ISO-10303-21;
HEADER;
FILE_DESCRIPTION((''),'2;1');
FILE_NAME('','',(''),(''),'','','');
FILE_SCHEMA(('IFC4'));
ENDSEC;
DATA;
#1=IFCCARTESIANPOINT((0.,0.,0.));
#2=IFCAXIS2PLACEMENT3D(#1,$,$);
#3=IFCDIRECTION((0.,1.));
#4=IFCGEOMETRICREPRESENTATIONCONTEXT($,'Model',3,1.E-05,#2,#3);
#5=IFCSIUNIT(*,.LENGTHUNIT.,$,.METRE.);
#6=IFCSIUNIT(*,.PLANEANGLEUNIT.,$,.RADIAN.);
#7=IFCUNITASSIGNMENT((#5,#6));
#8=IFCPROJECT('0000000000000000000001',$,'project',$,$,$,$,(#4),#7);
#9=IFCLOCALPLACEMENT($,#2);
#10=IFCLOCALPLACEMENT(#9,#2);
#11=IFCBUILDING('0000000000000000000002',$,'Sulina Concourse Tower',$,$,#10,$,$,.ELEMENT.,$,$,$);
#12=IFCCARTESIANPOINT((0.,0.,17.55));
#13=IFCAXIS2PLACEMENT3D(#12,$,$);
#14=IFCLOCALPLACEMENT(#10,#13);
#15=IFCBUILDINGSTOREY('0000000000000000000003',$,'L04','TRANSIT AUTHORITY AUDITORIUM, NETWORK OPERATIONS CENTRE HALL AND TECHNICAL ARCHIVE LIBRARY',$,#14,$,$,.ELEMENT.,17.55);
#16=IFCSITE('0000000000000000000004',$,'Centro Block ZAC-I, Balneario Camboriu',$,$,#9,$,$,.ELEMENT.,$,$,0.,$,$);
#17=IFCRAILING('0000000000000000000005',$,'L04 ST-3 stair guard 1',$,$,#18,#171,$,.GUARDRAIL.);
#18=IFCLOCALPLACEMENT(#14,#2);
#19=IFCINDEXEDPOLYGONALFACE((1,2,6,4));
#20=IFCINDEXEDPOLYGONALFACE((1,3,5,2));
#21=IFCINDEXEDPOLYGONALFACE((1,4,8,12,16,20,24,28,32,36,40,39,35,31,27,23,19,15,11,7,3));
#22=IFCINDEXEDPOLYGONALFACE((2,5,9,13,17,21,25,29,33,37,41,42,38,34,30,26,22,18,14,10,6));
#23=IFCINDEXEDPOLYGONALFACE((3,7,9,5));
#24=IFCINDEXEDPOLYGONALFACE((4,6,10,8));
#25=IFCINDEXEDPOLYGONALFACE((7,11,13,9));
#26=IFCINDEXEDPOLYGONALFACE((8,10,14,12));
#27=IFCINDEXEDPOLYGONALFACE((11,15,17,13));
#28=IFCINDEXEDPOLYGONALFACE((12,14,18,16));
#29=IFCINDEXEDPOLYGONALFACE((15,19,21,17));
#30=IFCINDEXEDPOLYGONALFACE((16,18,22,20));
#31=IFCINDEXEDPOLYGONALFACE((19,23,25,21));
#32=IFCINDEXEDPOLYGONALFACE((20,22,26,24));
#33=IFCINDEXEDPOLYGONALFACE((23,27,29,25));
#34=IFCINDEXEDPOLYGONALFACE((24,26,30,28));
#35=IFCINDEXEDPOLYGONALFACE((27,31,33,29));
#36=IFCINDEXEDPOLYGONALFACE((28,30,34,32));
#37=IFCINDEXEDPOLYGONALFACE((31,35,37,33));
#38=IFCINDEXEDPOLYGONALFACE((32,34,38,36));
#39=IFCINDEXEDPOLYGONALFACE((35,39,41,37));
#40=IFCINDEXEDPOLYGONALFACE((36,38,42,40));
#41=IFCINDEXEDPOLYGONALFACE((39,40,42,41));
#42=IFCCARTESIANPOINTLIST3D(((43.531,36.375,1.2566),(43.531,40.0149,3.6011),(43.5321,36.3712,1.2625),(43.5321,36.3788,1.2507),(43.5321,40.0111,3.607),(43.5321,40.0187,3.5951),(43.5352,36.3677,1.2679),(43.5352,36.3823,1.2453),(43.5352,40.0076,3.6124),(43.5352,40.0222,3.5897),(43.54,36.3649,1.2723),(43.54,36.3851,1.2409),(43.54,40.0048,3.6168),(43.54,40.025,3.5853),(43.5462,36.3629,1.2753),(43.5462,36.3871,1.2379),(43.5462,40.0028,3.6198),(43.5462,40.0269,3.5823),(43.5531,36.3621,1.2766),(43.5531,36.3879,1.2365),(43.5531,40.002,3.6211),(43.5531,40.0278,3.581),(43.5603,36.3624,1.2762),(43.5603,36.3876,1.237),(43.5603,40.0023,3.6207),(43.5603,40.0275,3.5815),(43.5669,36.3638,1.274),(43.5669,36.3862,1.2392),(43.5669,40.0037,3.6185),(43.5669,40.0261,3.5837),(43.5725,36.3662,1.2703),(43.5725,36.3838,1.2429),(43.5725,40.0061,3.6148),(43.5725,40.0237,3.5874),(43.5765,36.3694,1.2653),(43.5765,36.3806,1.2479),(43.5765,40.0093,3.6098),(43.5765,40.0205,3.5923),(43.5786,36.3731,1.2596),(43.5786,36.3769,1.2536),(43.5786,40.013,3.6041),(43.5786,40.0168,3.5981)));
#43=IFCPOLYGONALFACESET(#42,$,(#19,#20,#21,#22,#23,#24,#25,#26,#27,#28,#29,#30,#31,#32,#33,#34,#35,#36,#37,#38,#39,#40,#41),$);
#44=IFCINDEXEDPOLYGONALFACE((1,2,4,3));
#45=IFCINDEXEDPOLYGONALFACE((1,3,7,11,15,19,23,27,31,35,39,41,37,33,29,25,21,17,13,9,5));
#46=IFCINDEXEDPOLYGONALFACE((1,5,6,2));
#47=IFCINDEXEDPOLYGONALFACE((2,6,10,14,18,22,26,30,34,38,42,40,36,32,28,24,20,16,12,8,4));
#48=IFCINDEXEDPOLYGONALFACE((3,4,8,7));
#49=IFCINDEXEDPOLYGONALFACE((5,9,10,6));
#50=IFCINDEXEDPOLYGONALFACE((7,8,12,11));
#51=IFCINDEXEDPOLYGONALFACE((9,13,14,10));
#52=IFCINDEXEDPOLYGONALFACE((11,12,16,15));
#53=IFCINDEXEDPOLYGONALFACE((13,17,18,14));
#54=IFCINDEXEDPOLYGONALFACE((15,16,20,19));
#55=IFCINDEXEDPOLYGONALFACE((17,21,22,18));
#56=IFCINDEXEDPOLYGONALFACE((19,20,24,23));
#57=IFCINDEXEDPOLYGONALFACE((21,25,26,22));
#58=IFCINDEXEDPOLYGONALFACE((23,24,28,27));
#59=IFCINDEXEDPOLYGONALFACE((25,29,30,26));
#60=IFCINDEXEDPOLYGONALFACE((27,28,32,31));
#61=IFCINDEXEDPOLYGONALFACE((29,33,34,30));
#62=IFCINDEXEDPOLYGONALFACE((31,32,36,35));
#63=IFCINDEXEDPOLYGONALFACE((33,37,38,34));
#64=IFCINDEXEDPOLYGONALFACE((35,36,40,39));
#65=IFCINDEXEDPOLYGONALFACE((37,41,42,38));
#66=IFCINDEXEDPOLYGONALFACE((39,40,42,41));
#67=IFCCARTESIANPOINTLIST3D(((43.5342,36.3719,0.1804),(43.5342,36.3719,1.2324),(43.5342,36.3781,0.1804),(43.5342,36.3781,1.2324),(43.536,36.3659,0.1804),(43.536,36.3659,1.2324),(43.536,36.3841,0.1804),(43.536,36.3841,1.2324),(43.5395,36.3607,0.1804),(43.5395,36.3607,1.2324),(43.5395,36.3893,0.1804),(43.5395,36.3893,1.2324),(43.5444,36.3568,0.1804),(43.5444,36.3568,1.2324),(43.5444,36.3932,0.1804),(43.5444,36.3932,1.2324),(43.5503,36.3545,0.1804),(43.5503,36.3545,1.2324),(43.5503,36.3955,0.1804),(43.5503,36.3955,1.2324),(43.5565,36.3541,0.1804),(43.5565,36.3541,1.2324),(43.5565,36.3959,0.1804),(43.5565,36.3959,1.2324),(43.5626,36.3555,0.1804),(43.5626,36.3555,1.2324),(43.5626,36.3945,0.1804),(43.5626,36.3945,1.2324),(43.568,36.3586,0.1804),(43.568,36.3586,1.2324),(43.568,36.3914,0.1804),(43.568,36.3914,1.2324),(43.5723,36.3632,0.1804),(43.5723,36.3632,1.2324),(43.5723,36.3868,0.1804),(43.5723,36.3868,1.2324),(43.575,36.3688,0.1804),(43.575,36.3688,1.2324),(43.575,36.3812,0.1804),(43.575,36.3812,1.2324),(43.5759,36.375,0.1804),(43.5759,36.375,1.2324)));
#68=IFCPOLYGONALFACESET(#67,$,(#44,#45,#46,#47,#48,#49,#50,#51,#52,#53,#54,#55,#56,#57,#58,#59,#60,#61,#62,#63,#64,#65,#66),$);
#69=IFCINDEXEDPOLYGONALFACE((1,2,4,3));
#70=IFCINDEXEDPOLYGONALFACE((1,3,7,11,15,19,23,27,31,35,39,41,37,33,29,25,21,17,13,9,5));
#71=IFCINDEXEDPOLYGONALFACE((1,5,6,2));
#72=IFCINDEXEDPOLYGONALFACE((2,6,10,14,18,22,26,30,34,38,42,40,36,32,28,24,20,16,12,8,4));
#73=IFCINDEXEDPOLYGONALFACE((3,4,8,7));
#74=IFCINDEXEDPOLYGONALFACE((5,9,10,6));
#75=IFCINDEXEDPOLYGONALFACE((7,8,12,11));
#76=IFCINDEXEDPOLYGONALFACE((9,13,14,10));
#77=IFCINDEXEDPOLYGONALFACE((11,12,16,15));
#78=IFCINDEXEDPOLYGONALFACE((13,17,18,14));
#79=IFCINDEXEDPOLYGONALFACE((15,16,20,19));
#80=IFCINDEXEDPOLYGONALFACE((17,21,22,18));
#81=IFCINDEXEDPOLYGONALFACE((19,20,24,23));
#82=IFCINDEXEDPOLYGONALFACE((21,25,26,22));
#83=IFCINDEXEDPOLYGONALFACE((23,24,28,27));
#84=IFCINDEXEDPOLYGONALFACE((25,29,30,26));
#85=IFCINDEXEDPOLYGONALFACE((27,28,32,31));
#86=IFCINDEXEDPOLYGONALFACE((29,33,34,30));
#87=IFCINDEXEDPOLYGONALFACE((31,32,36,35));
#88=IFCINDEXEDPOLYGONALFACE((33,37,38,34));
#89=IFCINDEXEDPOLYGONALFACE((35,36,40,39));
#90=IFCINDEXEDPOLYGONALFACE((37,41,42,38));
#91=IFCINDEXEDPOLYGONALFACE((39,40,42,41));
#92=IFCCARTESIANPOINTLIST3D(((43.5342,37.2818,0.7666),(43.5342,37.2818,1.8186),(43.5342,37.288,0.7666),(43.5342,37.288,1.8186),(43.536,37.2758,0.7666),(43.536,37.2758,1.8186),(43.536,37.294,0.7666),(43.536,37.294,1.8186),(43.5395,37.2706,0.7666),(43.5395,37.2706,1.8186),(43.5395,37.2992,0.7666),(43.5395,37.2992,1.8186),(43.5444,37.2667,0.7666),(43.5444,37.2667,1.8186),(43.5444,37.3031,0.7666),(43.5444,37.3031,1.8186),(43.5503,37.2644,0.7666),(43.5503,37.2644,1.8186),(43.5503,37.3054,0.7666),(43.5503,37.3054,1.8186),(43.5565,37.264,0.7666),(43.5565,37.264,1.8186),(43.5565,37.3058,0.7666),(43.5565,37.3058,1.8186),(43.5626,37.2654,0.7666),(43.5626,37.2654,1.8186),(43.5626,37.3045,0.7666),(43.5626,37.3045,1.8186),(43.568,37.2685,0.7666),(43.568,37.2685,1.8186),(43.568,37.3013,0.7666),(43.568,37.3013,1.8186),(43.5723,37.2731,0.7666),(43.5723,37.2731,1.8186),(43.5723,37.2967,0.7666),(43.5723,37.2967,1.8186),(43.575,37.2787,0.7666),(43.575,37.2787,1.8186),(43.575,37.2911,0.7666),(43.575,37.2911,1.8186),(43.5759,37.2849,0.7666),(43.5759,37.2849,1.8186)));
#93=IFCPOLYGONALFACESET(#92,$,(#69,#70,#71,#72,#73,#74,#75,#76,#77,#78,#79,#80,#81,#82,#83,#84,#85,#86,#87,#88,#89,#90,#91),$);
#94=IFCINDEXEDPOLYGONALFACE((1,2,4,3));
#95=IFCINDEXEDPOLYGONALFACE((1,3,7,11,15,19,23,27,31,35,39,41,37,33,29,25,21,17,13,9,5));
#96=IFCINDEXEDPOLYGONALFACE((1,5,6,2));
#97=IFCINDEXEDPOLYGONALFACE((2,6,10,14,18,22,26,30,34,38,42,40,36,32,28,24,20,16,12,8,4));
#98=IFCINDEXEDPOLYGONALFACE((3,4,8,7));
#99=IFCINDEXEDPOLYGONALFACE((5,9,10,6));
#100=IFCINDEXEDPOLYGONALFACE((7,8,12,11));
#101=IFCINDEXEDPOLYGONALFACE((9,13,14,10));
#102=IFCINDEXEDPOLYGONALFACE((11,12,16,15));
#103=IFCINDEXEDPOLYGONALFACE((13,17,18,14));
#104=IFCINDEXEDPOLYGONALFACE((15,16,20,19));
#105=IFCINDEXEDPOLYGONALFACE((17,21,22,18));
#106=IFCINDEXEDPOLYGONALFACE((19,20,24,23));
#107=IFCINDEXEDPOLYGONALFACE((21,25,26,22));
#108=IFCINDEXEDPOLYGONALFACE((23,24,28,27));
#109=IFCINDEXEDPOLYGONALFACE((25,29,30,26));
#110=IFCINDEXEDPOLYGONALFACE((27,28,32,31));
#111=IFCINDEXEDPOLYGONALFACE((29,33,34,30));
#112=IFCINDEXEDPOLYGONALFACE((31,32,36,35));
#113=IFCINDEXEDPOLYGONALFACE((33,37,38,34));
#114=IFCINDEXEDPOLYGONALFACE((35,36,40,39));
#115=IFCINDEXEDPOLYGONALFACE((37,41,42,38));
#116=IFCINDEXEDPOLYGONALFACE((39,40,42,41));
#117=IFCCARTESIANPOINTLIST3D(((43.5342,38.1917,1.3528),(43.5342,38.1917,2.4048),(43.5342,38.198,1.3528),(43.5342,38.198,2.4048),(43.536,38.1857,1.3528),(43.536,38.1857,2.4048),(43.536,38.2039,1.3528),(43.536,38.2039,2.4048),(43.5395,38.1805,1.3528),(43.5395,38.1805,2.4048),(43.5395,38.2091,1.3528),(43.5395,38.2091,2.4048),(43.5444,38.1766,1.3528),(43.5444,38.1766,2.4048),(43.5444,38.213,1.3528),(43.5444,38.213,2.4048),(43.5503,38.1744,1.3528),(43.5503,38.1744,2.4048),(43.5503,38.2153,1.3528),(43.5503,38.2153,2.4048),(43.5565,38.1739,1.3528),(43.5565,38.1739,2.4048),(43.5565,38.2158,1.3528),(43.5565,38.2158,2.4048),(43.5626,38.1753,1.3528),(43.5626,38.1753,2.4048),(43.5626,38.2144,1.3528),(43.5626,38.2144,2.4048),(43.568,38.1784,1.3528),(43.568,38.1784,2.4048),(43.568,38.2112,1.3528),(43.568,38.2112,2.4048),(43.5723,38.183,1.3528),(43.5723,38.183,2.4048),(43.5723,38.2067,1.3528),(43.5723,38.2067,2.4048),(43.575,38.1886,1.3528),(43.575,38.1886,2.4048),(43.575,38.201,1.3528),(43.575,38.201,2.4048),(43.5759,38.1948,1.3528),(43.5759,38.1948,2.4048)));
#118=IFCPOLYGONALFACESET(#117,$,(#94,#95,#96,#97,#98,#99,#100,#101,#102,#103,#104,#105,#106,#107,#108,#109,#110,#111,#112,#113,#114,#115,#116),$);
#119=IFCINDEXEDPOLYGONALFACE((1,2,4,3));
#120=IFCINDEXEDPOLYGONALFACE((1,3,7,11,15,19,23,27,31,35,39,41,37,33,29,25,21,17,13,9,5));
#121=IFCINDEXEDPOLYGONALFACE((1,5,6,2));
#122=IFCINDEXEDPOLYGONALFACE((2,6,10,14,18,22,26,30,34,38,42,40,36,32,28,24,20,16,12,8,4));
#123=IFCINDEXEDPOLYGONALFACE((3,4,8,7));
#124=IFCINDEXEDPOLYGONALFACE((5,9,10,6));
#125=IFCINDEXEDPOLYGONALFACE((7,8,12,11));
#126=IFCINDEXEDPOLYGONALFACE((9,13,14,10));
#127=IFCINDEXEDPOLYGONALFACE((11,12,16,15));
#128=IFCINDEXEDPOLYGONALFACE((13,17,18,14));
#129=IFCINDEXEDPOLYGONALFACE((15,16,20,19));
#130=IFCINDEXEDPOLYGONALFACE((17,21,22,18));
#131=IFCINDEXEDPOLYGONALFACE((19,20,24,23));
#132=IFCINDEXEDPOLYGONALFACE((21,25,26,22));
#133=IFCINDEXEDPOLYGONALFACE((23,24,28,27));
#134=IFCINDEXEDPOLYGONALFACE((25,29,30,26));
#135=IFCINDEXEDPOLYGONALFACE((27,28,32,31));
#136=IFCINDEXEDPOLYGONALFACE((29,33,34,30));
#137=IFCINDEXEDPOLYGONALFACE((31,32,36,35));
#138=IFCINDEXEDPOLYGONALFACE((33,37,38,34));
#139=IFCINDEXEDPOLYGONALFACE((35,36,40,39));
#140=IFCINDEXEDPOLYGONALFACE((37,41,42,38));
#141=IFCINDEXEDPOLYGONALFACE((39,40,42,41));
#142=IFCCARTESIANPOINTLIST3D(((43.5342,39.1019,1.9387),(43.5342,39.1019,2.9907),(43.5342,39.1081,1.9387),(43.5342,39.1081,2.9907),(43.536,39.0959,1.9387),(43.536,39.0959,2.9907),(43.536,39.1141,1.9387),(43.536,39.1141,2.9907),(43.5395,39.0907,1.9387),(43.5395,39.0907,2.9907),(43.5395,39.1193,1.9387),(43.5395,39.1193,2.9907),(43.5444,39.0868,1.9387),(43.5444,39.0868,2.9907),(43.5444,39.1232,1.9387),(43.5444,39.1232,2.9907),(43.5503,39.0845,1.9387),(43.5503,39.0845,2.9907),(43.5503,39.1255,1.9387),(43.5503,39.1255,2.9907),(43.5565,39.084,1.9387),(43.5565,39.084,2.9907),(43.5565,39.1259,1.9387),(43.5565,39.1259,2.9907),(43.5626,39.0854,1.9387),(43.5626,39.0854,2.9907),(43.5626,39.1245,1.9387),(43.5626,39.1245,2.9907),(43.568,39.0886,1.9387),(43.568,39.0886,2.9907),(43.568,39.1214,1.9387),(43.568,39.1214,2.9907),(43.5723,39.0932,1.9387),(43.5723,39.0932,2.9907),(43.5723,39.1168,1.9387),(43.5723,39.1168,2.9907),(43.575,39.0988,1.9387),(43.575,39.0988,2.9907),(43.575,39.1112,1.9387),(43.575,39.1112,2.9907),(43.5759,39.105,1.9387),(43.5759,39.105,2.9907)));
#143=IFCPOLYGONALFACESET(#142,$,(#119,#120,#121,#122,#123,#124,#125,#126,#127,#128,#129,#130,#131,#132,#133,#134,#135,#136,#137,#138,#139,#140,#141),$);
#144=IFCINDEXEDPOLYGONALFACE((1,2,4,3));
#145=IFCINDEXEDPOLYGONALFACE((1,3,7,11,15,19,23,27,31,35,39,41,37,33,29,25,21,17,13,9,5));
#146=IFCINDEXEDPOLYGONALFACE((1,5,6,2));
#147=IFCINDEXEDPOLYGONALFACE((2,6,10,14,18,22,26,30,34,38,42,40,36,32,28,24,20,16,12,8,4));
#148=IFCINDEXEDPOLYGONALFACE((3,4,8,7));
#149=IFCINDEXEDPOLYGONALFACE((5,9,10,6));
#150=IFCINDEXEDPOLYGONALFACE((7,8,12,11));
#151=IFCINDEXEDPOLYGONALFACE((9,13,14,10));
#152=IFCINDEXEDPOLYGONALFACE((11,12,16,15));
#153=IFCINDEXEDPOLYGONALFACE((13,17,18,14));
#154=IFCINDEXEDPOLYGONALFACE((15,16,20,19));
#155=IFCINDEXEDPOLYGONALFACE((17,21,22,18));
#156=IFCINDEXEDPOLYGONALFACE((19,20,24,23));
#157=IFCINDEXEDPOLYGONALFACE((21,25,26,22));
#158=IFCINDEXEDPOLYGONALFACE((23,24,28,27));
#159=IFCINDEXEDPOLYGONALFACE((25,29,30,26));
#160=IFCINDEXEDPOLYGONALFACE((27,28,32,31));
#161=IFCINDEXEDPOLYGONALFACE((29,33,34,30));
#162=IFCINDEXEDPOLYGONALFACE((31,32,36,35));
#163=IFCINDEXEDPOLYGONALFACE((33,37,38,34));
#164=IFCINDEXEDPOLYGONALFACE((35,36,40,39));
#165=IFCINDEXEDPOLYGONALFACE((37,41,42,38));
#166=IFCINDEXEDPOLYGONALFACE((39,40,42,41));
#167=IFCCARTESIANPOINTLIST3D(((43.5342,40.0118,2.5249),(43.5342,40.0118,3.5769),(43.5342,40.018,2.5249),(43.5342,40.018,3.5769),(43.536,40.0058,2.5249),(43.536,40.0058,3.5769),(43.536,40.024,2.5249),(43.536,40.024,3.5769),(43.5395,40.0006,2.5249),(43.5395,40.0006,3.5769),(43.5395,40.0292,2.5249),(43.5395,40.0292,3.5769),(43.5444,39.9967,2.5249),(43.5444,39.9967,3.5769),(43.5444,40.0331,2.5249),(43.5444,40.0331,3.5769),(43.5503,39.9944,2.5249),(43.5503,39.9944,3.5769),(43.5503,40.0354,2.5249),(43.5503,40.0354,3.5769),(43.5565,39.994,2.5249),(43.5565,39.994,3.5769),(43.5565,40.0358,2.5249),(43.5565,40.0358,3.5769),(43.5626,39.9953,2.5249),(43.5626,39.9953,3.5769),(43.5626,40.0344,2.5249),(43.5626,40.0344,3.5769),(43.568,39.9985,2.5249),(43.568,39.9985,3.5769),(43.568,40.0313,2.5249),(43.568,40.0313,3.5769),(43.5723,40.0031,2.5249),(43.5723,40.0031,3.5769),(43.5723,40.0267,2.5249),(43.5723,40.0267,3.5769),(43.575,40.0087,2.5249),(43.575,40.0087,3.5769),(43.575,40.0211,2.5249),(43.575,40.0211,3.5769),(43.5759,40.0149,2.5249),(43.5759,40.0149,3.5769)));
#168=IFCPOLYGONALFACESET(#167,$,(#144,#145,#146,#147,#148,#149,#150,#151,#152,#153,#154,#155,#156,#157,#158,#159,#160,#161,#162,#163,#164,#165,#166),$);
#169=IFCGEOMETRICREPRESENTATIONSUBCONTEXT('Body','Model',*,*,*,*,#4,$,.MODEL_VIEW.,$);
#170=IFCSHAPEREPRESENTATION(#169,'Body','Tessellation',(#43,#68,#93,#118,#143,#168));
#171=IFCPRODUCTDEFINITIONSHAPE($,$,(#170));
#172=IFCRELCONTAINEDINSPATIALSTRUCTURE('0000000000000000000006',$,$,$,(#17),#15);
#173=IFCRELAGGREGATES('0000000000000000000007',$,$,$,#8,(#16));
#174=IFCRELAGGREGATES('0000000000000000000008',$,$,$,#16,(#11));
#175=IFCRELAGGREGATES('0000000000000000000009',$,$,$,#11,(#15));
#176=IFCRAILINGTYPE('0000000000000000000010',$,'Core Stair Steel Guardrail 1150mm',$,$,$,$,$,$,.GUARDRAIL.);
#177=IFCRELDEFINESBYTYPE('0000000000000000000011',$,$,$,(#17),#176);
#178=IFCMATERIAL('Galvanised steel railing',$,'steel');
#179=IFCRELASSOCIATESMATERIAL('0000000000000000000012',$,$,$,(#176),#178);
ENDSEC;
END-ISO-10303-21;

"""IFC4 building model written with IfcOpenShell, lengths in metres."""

from ifc_helpers import new_model, si_unit, direction, frame, origin, origin_2d, place, context, subcontext, project, spatial, circle, extrude, material, type_object, element, save


model = new_model("IFC4")

# Units and contexts
model_context = context("Model", 3, precision=1e-05, world=origin(), true_north=direction((0.0, 1.0)))
body_context = subcontext(model_context, "Body", "Model", "MODEL_VIEW")
ifc_project = project(units=[si_unit("LENGTHUNIT", "METRE"), si_unit("PLANEANGLEUNIT", "RADIAN")], contexts=[model_context])

# Site, building, storey
site_placement = place(None, origin())
site = spatial("IfcSite", under=ifc_project, at=site_placement, Name="Centro Block ZAC-I, Balneario Camboriu", CompositionType="ELEMENT", RefElevation=0.0)
building_placement = place(site_placement, origin())
building = spatial("IfcBuilding", under=site, at=building_placement, Name="Sulina Concourse Tower", CompositionType="ELEMENT")
storey_placement = place(building_placement, frame((0.0, 0.0, 17.55)))
storey = spatial("IfcBuildingStorey", under=building, at=storey_placement, Name="L04", Description="TRANSIT AUTHORITY AUDITORIUM, NETWORK OPERATIONS CENTRE HALL AND TECHNICAL ARCHIVE LIBRARY", CompositionType="ELEMENT", Elevation=17.55)

# Railing
ifc_material_1 = material(Name="Galvanised steel railing", Category="steel")
railing_type_1 = type_object("IfcRailingType", Name="Core Stair Steel Guardrail 1150mm", PredefinedType="GUARDRAIL", material=ifc_material_1)
railing_1_placement = place(storey_placement, frame((43.5549, 36.375, 0.1804)))
element("IfcRailing", 1, at=railing_1_placement, inside=storey, type_object=railing_type_1, Name="L04 ST-3 stair guard 1", PredefinedType="GUARDRAIL", context=body_context, shape_type="SweptSolid", body=[
    extrude(circle(Radius=0.0239, at=origin_2d()), frame((0.0, 0.0, 1.0762), z_axis=(0.0, 0.8407, 0.541501), x_axis=(-1.0, 0.0, 0.0)), (0.0, 0.0, 1.0), 4.3296),
    extrude(circle(Radius=0.021, at=origin_2d()), origin(), (0.0, 0.0, 1.0), 1.052),
    extrude(circle(Radius=0.021, at=origin_2d()), frame((0.0, 0.9099, 0.5862)), (0.0, 0.0, 1.0), 1.052),
    extrude(circle(Radius=0.021, at=origin_2d()), frame((0.0, 1.8198, 1.1724)), (0.0, 0.0, 1.0), 1.052),
    extrude(circle(Radius=0.021, at=origin_2d()), frame((0.0, 2.73, 1.7583)), (0.0, 0.0, 1.0), 1.052),
    extrude(circle(Radius=0.021, at=origin_2d()), frame((0.0, 3.6399, 2.3445)), (0.0, 0.0, 1.0), 1.052),
])

save(model, "model.ifc")
